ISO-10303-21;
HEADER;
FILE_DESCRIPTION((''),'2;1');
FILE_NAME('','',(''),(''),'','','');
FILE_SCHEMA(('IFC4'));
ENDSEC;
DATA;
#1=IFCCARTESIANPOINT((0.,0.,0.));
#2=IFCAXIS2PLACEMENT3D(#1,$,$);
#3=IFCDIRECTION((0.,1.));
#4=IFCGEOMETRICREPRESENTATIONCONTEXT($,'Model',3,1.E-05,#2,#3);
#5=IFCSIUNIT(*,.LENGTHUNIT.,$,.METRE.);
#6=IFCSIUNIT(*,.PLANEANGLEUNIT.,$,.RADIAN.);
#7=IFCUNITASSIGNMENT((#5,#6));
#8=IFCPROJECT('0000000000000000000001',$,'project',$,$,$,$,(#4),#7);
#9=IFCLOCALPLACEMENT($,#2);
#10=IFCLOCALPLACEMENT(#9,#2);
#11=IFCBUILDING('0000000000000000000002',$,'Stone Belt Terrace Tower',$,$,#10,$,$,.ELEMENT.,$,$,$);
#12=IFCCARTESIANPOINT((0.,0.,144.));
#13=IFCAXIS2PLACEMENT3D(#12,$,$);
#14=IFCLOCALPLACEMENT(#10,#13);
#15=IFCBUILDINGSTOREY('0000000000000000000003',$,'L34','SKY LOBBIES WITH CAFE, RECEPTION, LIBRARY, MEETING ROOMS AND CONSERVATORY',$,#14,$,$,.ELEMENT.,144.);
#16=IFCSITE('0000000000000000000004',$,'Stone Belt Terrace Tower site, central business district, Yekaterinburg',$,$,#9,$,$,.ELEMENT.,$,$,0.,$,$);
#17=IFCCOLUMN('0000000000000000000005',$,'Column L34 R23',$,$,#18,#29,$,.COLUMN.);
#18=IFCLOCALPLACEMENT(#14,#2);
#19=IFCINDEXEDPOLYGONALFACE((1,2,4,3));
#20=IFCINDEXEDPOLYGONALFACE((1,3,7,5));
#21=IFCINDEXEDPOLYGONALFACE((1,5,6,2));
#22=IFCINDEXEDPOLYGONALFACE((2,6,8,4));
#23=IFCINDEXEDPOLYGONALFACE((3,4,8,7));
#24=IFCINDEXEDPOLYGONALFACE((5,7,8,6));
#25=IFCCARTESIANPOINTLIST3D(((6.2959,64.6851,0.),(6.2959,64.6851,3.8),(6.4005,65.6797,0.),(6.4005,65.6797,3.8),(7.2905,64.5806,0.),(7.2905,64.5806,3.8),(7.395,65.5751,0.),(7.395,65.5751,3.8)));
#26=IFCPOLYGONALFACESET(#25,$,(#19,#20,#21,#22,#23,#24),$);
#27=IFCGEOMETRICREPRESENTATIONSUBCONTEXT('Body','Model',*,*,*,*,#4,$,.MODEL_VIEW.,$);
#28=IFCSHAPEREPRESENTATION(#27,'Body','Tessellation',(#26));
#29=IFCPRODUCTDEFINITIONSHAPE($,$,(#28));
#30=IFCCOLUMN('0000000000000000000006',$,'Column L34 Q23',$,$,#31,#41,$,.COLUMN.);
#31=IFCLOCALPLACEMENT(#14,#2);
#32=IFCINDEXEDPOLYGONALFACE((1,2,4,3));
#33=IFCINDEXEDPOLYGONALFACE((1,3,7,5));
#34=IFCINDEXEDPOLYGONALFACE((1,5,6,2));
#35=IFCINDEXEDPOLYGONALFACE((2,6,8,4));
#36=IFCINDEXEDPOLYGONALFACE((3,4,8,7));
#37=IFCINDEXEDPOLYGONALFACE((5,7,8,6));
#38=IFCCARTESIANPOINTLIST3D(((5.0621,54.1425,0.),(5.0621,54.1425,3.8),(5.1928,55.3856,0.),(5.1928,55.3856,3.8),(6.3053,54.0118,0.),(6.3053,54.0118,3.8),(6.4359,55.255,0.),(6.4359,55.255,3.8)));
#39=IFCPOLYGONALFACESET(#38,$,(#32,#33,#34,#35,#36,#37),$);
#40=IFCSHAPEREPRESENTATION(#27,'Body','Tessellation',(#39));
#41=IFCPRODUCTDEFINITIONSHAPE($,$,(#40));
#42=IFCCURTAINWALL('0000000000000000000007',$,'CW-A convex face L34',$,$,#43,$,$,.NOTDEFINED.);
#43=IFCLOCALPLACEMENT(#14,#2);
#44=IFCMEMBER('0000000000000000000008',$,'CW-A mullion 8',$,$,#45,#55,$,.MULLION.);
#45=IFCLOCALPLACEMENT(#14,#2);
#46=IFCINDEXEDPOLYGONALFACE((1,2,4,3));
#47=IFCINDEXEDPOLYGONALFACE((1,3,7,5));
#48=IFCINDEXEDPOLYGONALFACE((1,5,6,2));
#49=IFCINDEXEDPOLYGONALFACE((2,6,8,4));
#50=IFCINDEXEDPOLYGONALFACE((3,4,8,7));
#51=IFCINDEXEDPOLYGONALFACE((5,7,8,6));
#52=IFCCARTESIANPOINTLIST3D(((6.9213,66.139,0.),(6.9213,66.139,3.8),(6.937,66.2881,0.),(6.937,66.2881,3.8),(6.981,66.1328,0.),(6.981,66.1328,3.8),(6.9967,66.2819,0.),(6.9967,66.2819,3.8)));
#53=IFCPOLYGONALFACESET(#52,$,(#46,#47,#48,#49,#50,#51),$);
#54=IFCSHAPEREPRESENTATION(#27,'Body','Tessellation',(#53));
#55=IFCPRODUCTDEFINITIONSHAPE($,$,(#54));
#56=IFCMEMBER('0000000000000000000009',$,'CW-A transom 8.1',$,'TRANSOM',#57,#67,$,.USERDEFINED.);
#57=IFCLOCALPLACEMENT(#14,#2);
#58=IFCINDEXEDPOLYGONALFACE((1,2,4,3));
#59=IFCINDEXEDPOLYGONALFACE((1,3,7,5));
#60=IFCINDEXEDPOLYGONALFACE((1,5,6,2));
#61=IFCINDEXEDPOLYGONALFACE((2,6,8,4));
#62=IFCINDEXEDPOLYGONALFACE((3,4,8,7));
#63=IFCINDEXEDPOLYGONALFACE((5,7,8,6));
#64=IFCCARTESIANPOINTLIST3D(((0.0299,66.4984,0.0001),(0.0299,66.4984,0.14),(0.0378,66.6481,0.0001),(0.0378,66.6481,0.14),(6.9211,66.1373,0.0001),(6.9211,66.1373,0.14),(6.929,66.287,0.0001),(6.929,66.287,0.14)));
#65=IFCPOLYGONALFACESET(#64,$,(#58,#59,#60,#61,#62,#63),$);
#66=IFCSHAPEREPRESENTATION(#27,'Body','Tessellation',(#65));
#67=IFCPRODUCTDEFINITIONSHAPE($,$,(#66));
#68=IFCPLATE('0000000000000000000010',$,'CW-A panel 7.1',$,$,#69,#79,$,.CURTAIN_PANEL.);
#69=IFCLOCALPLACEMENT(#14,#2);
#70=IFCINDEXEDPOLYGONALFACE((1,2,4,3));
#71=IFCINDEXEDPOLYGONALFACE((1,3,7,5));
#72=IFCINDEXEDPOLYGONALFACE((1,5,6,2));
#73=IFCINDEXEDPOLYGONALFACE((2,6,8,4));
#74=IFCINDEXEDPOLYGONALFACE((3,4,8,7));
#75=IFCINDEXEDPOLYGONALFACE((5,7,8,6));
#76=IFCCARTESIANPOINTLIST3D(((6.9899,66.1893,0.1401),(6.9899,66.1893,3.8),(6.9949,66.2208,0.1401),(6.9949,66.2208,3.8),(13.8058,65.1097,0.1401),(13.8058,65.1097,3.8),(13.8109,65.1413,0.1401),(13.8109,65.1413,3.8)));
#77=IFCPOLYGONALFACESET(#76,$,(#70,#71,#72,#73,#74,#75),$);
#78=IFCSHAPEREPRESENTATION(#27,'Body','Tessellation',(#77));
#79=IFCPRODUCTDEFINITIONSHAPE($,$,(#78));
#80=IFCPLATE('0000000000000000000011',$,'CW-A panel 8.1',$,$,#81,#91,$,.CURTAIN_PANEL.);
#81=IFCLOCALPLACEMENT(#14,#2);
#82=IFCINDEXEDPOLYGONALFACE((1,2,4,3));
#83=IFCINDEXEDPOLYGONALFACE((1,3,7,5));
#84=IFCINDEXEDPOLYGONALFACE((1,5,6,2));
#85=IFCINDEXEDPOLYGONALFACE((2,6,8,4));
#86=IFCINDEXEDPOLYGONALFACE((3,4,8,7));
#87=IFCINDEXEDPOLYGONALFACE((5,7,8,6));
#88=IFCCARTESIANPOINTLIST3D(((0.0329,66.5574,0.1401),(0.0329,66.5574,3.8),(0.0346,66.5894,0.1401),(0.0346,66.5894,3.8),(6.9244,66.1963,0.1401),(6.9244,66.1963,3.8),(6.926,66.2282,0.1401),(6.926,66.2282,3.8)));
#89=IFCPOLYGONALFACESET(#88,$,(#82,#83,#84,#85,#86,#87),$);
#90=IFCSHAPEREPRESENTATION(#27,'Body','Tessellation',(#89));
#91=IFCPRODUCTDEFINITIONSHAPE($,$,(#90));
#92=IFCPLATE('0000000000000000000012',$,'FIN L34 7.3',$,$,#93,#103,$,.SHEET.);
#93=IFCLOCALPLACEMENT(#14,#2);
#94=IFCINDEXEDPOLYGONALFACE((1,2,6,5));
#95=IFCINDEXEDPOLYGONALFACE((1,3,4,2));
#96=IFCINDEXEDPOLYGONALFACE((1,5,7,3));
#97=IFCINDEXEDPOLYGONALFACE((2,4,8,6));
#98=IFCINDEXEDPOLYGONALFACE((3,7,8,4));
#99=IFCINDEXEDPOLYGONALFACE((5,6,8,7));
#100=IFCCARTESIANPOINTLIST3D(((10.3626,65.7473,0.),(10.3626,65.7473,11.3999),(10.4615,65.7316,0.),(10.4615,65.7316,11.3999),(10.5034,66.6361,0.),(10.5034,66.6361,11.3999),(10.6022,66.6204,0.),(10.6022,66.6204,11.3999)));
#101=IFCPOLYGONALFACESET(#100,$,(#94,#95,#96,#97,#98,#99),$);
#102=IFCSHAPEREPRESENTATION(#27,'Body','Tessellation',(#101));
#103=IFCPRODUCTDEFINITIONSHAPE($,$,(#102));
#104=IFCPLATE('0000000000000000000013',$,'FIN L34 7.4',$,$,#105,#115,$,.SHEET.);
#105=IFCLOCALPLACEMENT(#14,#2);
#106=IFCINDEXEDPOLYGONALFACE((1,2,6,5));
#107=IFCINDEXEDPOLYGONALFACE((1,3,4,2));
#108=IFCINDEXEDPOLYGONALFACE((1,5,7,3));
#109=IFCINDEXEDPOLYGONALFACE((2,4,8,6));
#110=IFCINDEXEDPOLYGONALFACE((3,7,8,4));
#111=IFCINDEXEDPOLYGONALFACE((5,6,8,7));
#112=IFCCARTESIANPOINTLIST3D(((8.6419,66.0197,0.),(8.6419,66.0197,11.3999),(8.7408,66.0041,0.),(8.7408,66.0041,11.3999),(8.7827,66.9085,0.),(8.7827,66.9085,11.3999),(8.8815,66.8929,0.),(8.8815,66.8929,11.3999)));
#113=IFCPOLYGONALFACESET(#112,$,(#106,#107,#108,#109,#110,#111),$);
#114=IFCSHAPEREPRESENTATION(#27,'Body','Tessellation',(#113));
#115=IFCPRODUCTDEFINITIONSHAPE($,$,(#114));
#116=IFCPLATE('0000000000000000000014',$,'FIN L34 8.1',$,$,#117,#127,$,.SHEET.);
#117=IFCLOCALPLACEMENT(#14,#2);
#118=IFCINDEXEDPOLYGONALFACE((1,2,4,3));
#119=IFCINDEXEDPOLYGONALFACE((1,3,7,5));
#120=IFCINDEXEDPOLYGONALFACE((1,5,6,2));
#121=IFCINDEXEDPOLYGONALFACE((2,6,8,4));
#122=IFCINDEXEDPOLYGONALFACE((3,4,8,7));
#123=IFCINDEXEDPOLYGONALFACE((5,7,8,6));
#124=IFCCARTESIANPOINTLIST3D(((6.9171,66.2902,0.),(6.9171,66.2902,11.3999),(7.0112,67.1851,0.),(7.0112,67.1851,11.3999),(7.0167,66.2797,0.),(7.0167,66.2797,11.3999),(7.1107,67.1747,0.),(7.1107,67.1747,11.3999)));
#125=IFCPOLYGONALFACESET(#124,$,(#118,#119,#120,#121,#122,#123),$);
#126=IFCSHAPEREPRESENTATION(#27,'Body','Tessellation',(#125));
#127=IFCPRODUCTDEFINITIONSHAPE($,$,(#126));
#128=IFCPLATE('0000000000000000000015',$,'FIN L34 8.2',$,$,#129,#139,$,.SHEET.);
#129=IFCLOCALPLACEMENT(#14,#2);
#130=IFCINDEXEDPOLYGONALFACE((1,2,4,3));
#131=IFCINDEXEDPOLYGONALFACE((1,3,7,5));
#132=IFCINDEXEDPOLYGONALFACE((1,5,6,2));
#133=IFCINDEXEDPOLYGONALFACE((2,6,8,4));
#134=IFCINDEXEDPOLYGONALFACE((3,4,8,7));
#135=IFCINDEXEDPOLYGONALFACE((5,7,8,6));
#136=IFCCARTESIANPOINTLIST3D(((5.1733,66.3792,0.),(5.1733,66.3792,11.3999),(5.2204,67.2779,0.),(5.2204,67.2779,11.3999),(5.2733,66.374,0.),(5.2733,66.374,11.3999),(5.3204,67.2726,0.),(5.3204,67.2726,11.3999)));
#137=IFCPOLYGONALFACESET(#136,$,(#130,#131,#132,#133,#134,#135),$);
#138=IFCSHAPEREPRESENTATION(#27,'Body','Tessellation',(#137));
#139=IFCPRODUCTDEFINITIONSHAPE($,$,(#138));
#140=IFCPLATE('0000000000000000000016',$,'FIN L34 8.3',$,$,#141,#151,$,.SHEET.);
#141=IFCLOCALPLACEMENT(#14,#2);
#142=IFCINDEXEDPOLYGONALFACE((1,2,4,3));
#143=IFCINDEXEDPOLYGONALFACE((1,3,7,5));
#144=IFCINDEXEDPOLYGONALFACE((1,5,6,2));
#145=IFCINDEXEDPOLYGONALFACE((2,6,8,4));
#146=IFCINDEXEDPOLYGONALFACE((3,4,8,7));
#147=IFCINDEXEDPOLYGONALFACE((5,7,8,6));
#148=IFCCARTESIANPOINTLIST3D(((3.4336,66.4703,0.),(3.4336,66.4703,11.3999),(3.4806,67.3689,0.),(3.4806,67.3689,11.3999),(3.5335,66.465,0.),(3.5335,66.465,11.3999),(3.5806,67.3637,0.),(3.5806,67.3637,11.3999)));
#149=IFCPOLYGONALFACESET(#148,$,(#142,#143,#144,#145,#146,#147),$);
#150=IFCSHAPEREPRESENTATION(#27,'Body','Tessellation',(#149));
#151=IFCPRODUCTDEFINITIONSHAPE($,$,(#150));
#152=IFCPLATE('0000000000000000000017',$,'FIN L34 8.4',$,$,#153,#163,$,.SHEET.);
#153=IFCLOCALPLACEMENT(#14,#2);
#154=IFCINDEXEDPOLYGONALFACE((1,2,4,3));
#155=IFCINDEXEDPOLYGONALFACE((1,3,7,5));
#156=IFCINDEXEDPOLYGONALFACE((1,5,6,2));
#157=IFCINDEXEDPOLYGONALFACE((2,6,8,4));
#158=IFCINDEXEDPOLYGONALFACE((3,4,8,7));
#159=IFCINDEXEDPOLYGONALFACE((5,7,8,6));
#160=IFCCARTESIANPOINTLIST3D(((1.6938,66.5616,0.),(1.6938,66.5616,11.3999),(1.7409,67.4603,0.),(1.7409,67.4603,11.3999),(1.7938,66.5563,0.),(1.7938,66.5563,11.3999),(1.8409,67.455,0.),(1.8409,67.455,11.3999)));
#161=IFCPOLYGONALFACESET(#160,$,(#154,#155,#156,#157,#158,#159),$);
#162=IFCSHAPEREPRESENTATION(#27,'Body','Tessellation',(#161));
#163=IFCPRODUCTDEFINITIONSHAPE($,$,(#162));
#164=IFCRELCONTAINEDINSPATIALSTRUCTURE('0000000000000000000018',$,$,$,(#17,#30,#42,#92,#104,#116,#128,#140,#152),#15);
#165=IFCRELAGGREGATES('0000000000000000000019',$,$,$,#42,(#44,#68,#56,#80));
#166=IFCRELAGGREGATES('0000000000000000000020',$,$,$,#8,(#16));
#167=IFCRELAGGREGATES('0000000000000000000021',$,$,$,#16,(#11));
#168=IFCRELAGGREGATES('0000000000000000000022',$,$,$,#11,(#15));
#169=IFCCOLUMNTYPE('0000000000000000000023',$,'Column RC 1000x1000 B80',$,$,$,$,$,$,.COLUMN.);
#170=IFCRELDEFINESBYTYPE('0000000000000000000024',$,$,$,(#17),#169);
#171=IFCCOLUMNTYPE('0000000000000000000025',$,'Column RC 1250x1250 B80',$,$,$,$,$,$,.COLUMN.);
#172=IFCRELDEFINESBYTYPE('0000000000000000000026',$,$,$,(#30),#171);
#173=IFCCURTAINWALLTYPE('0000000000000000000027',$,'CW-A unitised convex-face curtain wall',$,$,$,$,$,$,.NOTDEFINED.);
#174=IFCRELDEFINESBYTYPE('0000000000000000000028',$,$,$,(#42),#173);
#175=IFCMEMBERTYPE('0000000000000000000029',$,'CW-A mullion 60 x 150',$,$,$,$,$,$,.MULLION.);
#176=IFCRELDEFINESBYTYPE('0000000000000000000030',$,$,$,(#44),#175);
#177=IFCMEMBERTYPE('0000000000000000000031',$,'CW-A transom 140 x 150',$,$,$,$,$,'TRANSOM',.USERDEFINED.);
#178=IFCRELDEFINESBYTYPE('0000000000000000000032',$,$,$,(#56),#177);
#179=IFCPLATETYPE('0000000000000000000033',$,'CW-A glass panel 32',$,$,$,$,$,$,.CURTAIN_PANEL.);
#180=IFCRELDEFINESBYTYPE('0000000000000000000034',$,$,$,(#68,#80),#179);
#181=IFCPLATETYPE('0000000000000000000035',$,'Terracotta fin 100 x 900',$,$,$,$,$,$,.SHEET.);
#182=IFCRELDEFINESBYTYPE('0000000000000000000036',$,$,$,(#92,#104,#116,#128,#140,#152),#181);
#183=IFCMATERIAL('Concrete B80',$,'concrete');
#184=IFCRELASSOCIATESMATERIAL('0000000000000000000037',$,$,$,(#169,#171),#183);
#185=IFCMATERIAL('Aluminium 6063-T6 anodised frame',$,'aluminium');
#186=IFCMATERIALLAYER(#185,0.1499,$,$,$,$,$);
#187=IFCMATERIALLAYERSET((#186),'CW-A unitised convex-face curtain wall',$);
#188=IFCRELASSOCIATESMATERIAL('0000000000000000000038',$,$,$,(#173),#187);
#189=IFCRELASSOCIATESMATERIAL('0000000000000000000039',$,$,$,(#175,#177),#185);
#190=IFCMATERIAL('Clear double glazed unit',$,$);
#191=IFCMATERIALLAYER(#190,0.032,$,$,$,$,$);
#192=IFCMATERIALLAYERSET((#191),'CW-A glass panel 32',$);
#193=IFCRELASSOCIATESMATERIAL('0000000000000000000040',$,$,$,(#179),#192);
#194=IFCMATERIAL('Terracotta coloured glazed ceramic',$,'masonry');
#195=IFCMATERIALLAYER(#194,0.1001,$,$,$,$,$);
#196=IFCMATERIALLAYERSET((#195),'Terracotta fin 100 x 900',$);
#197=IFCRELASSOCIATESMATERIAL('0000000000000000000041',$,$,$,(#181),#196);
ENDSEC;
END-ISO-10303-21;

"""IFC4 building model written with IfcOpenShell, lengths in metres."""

from ifc_helpers import new_model, si_unit, direction, frame, origin, origin_2d, place, context, subcontext, project, spatial, rectangle, extrude, material, layer, layer_set, material_profile, profile_set, type_object, element, aggregate, save


model = new_model("IFC4")

# Units and contexts
model_context = context("Model", 3, precision=1e-05, world=origin(), true_north=direction((0.0, 1.0)))
body_context = subcontext(model_context, "Body", "Model", "MODEL_VIEW")
ifc_project = project(units=[si_unit("LENGTHUNIT", "METRE"), si_unit("PLANEANGLEUNIT", "RADIAN")], contexts=[model_context])

# Site, building, storey
site_placement = place(None, origin())
site = spatial("IfcSite", under=ifc_project, at=site_placement, Name="Stone Belt Terrace Tower site, central business district, Yekaterinburg", CompositionType="ELEMENT", RefElevation=0.0)
building_placement = place(site_placement, origin())
building = spatial("IfcBuilding", under=site, at=building_placement, Name="Stone Belt Terrace Tower", CompositionType="ELEMENT")
storey_placement = place(building_placement, frame((0.0, 0.0, 144.0)))
storey = spatial("IfcBuildingStorey", under=building, at=storey_placement, Name="L34", Description="SKY LOBBIES WITH CAFE, RECEPTION, LIBRARY, MEETING ROOMS AND CONSERVATORY", CompositionType="ELEMENT", Elevation=144.0)

# Columns
ifc_material_1 = material(Name="Concrete B80", Category="concrete")
ifc_material_profile_1 = material_profile(ifc_material_1, rectangle(XDim=1.0, YDim=1.0, at=origin_2d()), Name="RC 1000x1000")
ifc_profile_set_1 = profile_set([ifc_material_profile_1], Name="Concrete B80")
column_type_1 = type_object("IfcColumnType", Name="Column RC 1000x1000 B80", PredefinedType="COLUMN", material=ifc_profile_set_1)
column_1_placement = place(storey_placement, frame((6.8455, 65.1301, 0.0), z_axis=(0.0, 0.0, 1.0), x_axis=(0.994522, -0.104528, 0.0)))
element("IfcColumn", 1, at=column_1_placement, inside=storey, type_object=column_type_1, Name="Column L34 R23", PredefinedType="COLUMN", context=body_context, shape_type="SweptSolid", body=[
    extrude(rectangle(XDim=1.0, YDim=1.0, at=origin_2d()), origin(), (0.0, 0.0, 1.0), 3.8),
])
ifc_material_profile_2 = material_profile(ifc_material_1, rectangle(XDim=1.25, YDim=1.25, at=origin_2d()), Name="RC 1250x1250")
ifc_profile_set_2 = profile_set([ifc_material_profile_2], Name="Concrete B80")
column_type_2 = type_object("IfcColumnType", Name="Column RC 1250x1250 B80", PredefinedType="COLUMN", material=ifc_profile_set_2)
column_2_placement = place(storey_placement, frame((5.749, 54.6987, 0.0), z_axis=(0.0, 0.0, 1.0), x_axis=(0.994522, -0.104528, 0.0)))
element("IfcColumn", 2, at=column_2_placement, inside=storey, type_object=column_type_2, Name="Column L34 Q23", PredefinedType="COLUMN", context=body_context, shape_type="SweptSolid", body=[
    extrude(rectangle(XDim=1.25, YDim=1.25, at=origin_2d()), origin(), (0.0, 0.0, 1.0), 3.8),
])

# Curtain wall, members, plates
ifc_material_2 = material(Name="Aluminium 6063-T6 anodised frame", Category="aluminium")
ifc_layer_1 = layer(ifc_material_2, 0.1499)
ifc_layer_set_1 = layer_set([ifc_layer_1], Name="CW-A unitised convex-face curtain wall")
curtain_wall_type = type_object("IfcCurtainWallType", Name="CW-A unitised convex-face curtain wall", PredefinedType="NOTDEFINED", material=ifc_layer_set_1)
curtain_wall_placement = place(storey_placement, origin())
curtain_wall = element("IfcCurtainWall", 3, at=curtain_wall_placement, inside=storey, type_object=curtain_wall_type, Name="CW-A convex face L34", PredefinedType="NOTDEFINED")
ifc_material_profile_3 = material_profile(ifc_material_2, rectangle(XDim=0.1499, YDim=0.0601, at=origin_2d()), Name="Aluminium 6063-T6 60x150")
ifc_profile_set_3 = profile_set([ifc_material_profile_3], Name="Aluminium 6063-T6 anodised frame")
member_type_1 = type_object("IfcMemberType", Name="CW-A mullion 60 x 150", PredefinedType="MULLION", material=ifc_profile_set_3)
member_1_placement = place(storey_placement, frame((6.959, 66.2104, 0.0), z_axis=(0.0, 0.0, 1.0), x_axis=(-0.104528, -0.994522, 0.0)))
member_1 = element("IfcMember", 4, at=member_1_placement, type_object=member_type_1, Name="CW-A mullion 8", PredefinedType="MULLION", context=body_context, shape_type="SweptSolid", body=[
    extrude(rectangle(XDim=0.1499, YDim=0.0601, at=origin_2d()), origin(), (0.0, 0.0, 1.0), 3.8),
])
ifc_material_profile_4 = material_profile(ifc_material_2, rectangle(XDim=0.1499, YDim=0.1399, at=origin_2d()), Name="Aluminium 6063-T6 150x140")
ifc_profile_set_4 = profile_set([ifc_material_profile_4], Name="Aluminium 6063-T6 anodised frame")
member_type_2 = type_object("IfcMemberType", Name="CW-A transom 140 x 150", ElementType="TRANSOM", PredefinedType="USERDEFINED", material=ifc_profile_set_4)
member_2_placement = place(storey_placement, frame((6.925, 66.2122, 0.0701), z_axis=(-0.99863, 0.052327, 0.0), x_axis=(-0.052327, -0.99863, 0.0)))
member_2 = element("IfcMember", 5, at=member_2_placement, type_object=member_type_2, Name="CW-A transom 8.1", ObjectType="TRANSOM", PredefinedType="USERDEFINED", context=body_context, shape_type="SweptSolid", body=[
    extrude(rectangle(XDim=0.1499, YDim=0.1399, at=origin_2d()), origin(), (0.0, 0.0, 1.0), 6.9006),
])
ifc_material_3 = material(Name="Clear double glazed unit")
ifc_layer_2 = layer(ifc_material_3, 0.032)
ifc_layer_set_2 = layer_set([ifc_layer_2], Name="CW-A glass panel 32")
plate_type_1 = type_object("IfcPlateType", Name="CW-A glass panel 32", PredefinedType="CURTAIN_PANEL", material=ifc_layer_set_2)
plate_1_placement = place(storey_placement, frame((10.4004, 65.6653, 0.1401), z_axis=(0.0, 0.0, 1.0), x_axis=(-0.987688, 0.156434, 0.0)))
plate_1 = element("IfcPlate", 6, at=plate_1_placement, type_object=plate_type_1, Name="CW-A panel 7.1", PredefinedType="CURTAIN_PANEL", context=body_context, shape_type="SweptSolid", body=[
    extrude(rectangle(XDim=6.9009, YDim=0.032, at=origin_2d()), origin(), (0.0, 0.0, 1.0), 3.6599),
])
plate_2_placement = place(storey_placement, frame((3.4795, 66.3928, 0.1401), z_axis=(0.0, 0.0, 1.0), x_axis=(-0.99863, 0.052336, 0.0)))
plate_2 = element("IfcPlate", 7, at=plate_2_placement, type_object=plate_type_1, Name="CW-A panel 8.1", PredefinedType="CURTAIN_PANEL", context=body_context, shape_type="SweptSolid", body=[
    extrude(rectangle(XDim=6.9009, YDim=0.032, at=origin_2d()), origin(), (0.0, 0.0, 1.0), 3.6599),
])
aggregate(curtain_wall, [member_1, plate_1, member_2, plate_2])

# Plates
ifc_material_4 = material(Name="Terracotta coloured glazed ceramic", Category="masonry")
ifc_layer_3 = layer(ifc_material_4, 0.1001)
ifc_layer_set_3 = layer_set([ifc_layer_3], Name="Terracotta fin 100 x 900")
plate_type_2 = type_object("IfcPlateType", Name="Terracotta fin 100 x 900", PredefinedType="SHEET", material=ifc_layer_set_3)
for number, where, z_axis, x_axis, name in (
    (8, (10.4824, 66.1838, 0.0), (0.0, 0.0, 1.0), (0.156434, 0.987688, 0.0), "FIN L34 7.3"),
    (9, (8.7617, 66.4563, 0.0), (0.0, 0.0, 1.0), (0.156434, 0.987688, 0.0), "FIN L34 7.4"),
    (10, (7.0139, 66.7324, 0.0), (0.0, 0.0, 1.0), (0.104528, 0.994522, 0.0), "FIN L34 8.1"),
    (11, (5.2468, 66.8259, 0.0), (0.0, 0.0, 1.0), (0.052336, 0.99863, 0.0), "FIN L34 8.2"),
    (12, (3.5071, 66.917, 0.0), (0.0, 0.0, 1.0), (0.052336, 0.99863, 0.0), "FIN L34 8.3"),
    (13, (1.7673, 67.0083, 0.0), (0.0, 0.0, 1.0), (0.052336, 0.99863, 0.0), "FIN L34 8.4"),
):
    element("IfcPlate", number, at=place(storey_placement, frame(where, z_axis=z_axis, x_axis=x_axis)), inside=storey, type_object=plate_type_2, Name=name, PredefinedType="SHEET", context=body_context, shape_type="SweptSolid", body=[
        extrude(rectangle(XDim=0.8999, YDim=0.1001, at=origin_2d()), origin(), (0.0, 0.0, 1.0), 11.3999),
    ])

save(model, "model.ifc")
